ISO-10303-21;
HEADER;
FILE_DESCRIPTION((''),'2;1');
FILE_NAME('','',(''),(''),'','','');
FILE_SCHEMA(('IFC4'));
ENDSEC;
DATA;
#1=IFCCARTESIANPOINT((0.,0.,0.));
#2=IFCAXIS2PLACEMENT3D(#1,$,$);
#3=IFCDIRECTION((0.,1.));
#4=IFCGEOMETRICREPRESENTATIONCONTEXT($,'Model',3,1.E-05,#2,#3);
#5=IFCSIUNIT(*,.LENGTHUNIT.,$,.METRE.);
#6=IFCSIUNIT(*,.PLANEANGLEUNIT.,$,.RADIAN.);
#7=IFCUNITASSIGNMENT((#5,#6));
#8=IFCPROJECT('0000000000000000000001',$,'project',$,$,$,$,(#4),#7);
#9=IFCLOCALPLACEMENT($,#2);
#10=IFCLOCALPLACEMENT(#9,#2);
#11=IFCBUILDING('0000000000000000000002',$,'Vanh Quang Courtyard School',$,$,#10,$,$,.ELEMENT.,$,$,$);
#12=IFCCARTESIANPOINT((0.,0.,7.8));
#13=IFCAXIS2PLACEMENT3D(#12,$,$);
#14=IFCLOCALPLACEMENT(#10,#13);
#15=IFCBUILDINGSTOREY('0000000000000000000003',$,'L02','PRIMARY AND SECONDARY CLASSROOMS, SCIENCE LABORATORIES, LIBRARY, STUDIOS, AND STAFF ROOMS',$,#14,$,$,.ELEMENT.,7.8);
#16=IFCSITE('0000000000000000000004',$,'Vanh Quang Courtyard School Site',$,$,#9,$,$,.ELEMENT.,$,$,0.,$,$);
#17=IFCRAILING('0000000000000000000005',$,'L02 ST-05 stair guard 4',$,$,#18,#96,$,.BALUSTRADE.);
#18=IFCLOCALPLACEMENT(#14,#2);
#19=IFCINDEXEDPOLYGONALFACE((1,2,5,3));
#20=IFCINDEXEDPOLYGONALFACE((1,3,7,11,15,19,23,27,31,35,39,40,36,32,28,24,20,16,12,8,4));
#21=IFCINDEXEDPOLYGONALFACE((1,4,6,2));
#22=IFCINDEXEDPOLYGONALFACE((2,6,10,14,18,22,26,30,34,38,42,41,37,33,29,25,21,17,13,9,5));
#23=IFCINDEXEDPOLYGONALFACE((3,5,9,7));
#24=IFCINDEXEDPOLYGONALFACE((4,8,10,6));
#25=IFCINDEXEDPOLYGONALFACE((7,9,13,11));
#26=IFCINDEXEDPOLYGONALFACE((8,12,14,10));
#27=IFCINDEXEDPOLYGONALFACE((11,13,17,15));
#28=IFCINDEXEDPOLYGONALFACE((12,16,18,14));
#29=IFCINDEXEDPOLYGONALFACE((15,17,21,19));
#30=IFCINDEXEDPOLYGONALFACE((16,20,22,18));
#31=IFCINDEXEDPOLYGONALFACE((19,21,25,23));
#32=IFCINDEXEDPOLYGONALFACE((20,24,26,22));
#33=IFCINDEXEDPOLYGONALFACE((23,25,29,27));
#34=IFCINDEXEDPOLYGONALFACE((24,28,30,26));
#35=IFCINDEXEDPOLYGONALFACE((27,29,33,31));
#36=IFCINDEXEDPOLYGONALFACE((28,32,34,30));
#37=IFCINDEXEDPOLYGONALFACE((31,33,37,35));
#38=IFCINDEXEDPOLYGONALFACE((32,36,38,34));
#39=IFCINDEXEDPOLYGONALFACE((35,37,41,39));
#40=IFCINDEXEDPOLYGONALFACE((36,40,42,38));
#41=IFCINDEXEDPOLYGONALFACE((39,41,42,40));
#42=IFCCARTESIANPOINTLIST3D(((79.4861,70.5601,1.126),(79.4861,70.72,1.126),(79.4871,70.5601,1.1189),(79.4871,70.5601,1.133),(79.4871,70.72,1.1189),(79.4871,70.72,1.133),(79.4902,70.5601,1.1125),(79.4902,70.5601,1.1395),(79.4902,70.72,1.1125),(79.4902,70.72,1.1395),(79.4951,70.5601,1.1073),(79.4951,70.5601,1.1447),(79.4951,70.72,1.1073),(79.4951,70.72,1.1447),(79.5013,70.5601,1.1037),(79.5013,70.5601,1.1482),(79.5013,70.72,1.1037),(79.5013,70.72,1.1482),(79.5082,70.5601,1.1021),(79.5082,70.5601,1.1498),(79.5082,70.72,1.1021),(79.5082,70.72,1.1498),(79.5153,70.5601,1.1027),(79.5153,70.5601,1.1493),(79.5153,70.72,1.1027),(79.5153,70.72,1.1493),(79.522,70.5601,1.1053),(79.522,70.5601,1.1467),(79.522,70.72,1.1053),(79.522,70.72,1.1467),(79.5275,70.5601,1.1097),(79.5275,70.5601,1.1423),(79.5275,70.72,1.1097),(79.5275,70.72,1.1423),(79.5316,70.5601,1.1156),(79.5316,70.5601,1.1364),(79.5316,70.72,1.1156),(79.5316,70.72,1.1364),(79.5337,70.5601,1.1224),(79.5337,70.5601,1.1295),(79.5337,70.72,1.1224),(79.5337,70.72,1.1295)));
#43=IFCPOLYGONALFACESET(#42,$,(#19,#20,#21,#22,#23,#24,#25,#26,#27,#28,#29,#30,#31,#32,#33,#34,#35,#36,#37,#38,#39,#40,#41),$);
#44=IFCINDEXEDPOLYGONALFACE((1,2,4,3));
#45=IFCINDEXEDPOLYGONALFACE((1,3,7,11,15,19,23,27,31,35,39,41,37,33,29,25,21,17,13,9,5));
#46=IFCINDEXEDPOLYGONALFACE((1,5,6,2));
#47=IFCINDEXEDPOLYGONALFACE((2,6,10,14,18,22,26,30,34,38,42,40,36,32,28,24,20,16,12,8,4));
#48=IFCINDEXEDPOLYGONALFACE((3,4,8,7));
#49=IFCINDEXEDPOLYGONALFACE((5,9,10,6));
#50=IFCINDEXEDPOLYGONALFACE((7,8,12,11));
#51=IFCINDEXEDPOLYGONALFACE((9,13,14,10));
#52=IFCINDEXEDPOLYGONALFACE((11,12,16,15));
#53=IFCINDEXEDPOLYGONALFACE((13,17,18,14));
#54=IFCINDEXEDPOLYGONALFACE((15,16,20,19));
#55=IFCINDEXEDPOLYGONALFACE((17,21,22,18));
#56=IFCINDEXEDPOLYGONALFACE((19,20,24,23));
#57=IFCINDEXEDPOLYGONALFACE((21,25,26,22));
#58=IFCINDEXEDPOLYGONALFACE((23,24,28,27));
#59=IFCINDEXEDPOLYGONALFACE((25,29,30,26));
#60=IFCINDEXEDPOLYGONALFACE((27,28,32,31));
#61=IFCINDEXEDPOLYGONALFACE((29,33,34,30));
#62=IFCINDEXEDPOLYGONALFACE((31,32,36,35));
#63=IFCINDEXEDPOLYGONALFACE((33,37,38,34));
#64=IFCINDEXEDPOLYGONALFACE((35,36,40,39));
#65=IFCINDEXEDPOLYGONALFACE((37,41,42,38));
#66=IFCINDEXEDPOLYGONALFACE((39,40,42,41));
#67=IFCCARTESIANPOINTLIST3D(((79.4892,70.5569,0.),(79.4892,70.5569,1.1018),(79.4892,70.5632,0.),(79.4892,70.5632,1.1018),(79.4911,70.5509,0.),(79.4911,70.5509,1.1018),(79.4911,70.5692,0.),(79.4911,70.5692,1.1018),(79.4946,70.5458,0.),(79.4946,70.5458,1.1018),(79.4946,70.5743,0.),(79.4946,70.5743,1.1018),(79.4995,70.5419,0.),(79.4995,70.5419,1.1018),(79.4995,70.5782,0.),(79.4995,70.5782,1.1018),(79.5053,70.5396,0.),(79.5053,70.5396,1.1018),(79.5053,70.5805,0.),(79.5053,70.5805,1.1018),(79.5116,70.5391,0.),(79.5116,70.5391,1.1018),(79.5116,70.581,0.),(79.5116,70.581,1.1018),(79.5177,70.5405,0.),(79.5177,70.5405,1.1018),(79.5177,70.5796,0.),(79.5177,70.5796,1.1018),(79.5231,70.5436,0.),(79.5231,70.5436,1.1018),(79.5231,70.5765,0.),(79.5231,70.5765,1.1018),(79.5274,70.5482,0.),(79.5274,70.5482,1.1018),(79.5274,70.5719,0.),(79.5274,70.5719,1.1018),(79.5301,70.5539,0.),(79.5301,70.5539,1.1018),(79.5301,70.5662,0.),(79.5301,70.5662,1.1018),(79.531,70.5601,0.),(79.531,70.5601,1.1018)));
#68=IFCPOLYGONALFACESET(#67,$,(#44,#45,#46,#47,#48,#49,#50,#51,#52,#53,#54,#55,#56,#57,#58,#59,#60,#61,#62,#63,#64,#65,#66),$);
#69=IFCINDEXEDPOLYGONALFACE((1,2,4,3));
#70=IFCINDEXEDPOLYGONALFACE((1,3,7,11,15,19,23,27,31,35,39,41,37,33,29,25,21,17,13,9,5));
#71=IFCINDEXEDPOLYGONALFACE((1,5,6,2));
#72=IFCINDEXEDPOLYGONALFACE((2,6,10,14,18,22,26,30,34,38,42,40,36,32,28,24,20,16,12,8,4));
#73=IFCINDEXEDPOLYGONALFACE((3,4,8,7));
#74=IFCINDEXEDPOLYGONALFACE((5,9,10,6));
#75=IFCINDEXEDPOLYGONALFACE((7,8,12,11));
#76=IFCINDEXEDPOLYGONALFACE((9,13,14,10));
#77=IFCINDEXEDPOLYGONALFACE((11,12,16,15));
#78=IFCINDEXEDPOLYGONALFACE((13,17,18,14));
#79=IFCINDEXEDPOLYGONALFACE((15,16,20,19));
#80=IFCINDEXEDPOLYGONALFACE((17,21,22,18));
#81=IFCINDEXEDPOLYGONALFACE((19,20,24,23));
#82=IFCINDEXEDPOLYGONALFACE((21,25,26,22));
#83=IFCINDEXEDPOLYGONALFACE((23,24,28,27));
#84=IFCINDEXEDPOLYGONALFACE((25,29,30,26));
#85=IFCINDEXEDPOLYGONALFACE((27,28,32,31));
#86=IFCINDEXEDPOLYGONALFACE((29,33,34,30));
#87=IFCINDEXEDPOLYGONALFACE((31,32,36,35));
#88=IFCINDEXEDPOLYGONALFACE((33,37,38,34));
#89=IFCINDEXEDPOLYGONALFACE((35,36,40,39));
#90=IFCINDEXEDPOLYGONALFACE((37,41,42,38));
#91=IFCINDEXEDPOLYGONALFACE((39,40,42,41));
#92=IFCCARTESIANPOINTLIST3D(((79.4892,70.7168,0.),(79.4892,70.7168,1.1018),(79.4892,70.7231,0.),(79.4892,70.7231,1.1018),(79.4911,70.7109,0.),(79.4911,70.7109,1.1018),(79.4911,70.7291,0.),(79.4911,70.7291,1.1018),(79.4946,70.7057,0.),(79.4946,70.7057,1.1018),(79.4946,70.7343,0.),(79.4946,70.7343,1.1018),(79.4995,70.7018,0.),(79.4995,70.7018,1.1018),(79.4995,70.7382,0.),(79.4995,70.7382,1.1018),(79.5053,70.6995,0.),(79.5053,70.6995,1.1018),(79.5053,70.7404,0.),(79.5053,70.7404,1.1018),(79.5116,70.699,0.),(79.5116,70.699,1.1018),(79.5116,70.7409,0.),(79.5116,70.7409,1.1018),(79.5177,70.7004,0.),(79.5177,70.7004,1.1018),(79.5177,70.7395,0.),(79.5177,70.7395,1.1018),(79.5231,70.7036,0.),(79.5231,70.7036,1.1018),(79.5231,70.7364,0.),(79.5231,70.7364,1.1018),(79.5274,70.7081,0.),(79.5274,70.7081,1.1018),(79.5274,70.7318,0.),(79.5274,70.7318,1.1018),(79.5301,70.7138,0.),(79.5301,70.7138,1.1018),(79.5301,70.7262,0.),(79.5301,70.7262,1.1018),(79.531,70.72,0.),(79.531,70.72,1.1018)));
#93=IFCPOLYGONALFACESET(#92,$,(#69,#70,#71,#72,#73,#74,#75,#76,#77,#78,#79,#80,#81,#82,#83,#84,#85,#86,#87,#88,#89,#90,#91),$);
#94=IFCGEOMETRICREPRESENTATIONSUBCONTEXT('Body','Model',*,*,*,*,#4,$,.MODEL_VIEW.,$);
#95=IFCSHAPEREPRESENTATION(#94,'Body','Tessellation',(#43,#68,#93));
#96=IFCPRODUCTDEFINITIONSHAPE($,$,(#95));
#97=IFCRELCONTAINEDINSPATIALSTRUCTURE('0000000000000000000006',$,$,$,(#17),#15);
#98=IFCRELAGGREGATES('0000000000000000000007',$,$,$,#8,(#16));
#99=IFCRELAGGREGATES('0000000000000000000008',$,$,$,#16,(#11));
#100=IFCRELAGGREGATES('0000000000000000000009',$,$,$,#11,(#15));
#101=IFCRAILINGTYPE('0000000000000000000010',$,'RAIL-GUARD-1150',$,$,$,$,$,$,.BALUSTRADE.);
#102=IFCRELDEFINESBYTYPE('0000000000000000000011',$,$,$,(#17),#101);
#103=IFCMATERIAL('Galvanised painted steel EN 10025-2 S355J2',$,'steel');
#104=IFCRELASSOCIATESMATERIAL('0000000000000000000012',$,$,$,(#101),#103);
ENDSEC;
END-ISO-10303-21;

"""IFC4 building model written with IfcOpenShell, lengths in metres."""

from ifc_helpers import new_model, si_unit, direction, frame, origin, origin_2d, place, context, subcontext, project, spatial, circle, extrude, material, type_object, element, save


model = new_model("IFC4")

# Units and contexts
model_context = context("Model", 3, precision=1e-05, world=origin(), true_north=direction((0.0, 1.0)))
body_context = subcontext(model_context, "Body", "Model", "MODEL_VIEW")
ifc_project = project(units=[si_unit("LENGTHUNIT", "METRE"), si_unit("PLANEANGLEUNIT", "RADIAN")], contexts=[model_context])

# Site, building, storey
site_placement = place(None, origin())
site = spatial("IfcSite", under=ifc_project, at=site_placement, Name="Vanh Quang Courtyard School Site", CompositionType="ELEMENT", RefElevation=0.0)
building_placement = place(site_placement, origin())
building = spatial("IfcBuilding", under=site, at=building_placement, Name="Vanh Quang Courtyard School", CompositionType="ELEMENT")
storey_placement = place(building_placement, frame((0.0, 0.0, 7.8)))
storey = spatial("IfcBuildingStorey", under=building, at=storey_placement, Name="L02", Description="PRIMARY AND SECONDARY CLASSROOMS, SCIENCE LABORATORIES, LIBRARY, STUDIOS, AND STAFF ROOMS", CompositionType="ELEMENT", Elevation=7.8)

# Railing
ifc_material_1 = material(Name="Galvanised painted steel EN 10025-2 S355J2", Category="steel")
railing_type_1 = type_object("IfcRailingType", Name="RAIL-GUARD-1150", PredefinedType="BALUSTRADE", material=ifc_material_1)
railing_1_placement = place(storey_placement, frame((79.51, 70.5601, 0.0)))
element("IfcRailing", 1, at=railing_1_placement, inside=storey, type_object=railing_type_1, Name="L02 ST-05 stair guard 4", PredefinedType="BALUSTRADE", context=body_context, shape_type="SweptSolid", body=[
    extrude(circle(Radius=0.0239, at=origin_2d()), frame((0.0, 0.0, 1.126), z_axis=(0.0, 1.0, 0.0), x_axis=(-1.0, 0.0, 0.0)), (0.0, 0.0, 1.0), 0.1599),
    extrude(circle(Radius=0.021, at=origin_2d()), origin(), (0.0, 0.0, 1.0), 1.1018),
    extrude(circle(Radius=0.021, at=origin_2d()), frame((0.0, 0.1599, 0.0)), (0.0, 0.0, 1.0), 1.1018),
])

save(model, "model.ifc")
